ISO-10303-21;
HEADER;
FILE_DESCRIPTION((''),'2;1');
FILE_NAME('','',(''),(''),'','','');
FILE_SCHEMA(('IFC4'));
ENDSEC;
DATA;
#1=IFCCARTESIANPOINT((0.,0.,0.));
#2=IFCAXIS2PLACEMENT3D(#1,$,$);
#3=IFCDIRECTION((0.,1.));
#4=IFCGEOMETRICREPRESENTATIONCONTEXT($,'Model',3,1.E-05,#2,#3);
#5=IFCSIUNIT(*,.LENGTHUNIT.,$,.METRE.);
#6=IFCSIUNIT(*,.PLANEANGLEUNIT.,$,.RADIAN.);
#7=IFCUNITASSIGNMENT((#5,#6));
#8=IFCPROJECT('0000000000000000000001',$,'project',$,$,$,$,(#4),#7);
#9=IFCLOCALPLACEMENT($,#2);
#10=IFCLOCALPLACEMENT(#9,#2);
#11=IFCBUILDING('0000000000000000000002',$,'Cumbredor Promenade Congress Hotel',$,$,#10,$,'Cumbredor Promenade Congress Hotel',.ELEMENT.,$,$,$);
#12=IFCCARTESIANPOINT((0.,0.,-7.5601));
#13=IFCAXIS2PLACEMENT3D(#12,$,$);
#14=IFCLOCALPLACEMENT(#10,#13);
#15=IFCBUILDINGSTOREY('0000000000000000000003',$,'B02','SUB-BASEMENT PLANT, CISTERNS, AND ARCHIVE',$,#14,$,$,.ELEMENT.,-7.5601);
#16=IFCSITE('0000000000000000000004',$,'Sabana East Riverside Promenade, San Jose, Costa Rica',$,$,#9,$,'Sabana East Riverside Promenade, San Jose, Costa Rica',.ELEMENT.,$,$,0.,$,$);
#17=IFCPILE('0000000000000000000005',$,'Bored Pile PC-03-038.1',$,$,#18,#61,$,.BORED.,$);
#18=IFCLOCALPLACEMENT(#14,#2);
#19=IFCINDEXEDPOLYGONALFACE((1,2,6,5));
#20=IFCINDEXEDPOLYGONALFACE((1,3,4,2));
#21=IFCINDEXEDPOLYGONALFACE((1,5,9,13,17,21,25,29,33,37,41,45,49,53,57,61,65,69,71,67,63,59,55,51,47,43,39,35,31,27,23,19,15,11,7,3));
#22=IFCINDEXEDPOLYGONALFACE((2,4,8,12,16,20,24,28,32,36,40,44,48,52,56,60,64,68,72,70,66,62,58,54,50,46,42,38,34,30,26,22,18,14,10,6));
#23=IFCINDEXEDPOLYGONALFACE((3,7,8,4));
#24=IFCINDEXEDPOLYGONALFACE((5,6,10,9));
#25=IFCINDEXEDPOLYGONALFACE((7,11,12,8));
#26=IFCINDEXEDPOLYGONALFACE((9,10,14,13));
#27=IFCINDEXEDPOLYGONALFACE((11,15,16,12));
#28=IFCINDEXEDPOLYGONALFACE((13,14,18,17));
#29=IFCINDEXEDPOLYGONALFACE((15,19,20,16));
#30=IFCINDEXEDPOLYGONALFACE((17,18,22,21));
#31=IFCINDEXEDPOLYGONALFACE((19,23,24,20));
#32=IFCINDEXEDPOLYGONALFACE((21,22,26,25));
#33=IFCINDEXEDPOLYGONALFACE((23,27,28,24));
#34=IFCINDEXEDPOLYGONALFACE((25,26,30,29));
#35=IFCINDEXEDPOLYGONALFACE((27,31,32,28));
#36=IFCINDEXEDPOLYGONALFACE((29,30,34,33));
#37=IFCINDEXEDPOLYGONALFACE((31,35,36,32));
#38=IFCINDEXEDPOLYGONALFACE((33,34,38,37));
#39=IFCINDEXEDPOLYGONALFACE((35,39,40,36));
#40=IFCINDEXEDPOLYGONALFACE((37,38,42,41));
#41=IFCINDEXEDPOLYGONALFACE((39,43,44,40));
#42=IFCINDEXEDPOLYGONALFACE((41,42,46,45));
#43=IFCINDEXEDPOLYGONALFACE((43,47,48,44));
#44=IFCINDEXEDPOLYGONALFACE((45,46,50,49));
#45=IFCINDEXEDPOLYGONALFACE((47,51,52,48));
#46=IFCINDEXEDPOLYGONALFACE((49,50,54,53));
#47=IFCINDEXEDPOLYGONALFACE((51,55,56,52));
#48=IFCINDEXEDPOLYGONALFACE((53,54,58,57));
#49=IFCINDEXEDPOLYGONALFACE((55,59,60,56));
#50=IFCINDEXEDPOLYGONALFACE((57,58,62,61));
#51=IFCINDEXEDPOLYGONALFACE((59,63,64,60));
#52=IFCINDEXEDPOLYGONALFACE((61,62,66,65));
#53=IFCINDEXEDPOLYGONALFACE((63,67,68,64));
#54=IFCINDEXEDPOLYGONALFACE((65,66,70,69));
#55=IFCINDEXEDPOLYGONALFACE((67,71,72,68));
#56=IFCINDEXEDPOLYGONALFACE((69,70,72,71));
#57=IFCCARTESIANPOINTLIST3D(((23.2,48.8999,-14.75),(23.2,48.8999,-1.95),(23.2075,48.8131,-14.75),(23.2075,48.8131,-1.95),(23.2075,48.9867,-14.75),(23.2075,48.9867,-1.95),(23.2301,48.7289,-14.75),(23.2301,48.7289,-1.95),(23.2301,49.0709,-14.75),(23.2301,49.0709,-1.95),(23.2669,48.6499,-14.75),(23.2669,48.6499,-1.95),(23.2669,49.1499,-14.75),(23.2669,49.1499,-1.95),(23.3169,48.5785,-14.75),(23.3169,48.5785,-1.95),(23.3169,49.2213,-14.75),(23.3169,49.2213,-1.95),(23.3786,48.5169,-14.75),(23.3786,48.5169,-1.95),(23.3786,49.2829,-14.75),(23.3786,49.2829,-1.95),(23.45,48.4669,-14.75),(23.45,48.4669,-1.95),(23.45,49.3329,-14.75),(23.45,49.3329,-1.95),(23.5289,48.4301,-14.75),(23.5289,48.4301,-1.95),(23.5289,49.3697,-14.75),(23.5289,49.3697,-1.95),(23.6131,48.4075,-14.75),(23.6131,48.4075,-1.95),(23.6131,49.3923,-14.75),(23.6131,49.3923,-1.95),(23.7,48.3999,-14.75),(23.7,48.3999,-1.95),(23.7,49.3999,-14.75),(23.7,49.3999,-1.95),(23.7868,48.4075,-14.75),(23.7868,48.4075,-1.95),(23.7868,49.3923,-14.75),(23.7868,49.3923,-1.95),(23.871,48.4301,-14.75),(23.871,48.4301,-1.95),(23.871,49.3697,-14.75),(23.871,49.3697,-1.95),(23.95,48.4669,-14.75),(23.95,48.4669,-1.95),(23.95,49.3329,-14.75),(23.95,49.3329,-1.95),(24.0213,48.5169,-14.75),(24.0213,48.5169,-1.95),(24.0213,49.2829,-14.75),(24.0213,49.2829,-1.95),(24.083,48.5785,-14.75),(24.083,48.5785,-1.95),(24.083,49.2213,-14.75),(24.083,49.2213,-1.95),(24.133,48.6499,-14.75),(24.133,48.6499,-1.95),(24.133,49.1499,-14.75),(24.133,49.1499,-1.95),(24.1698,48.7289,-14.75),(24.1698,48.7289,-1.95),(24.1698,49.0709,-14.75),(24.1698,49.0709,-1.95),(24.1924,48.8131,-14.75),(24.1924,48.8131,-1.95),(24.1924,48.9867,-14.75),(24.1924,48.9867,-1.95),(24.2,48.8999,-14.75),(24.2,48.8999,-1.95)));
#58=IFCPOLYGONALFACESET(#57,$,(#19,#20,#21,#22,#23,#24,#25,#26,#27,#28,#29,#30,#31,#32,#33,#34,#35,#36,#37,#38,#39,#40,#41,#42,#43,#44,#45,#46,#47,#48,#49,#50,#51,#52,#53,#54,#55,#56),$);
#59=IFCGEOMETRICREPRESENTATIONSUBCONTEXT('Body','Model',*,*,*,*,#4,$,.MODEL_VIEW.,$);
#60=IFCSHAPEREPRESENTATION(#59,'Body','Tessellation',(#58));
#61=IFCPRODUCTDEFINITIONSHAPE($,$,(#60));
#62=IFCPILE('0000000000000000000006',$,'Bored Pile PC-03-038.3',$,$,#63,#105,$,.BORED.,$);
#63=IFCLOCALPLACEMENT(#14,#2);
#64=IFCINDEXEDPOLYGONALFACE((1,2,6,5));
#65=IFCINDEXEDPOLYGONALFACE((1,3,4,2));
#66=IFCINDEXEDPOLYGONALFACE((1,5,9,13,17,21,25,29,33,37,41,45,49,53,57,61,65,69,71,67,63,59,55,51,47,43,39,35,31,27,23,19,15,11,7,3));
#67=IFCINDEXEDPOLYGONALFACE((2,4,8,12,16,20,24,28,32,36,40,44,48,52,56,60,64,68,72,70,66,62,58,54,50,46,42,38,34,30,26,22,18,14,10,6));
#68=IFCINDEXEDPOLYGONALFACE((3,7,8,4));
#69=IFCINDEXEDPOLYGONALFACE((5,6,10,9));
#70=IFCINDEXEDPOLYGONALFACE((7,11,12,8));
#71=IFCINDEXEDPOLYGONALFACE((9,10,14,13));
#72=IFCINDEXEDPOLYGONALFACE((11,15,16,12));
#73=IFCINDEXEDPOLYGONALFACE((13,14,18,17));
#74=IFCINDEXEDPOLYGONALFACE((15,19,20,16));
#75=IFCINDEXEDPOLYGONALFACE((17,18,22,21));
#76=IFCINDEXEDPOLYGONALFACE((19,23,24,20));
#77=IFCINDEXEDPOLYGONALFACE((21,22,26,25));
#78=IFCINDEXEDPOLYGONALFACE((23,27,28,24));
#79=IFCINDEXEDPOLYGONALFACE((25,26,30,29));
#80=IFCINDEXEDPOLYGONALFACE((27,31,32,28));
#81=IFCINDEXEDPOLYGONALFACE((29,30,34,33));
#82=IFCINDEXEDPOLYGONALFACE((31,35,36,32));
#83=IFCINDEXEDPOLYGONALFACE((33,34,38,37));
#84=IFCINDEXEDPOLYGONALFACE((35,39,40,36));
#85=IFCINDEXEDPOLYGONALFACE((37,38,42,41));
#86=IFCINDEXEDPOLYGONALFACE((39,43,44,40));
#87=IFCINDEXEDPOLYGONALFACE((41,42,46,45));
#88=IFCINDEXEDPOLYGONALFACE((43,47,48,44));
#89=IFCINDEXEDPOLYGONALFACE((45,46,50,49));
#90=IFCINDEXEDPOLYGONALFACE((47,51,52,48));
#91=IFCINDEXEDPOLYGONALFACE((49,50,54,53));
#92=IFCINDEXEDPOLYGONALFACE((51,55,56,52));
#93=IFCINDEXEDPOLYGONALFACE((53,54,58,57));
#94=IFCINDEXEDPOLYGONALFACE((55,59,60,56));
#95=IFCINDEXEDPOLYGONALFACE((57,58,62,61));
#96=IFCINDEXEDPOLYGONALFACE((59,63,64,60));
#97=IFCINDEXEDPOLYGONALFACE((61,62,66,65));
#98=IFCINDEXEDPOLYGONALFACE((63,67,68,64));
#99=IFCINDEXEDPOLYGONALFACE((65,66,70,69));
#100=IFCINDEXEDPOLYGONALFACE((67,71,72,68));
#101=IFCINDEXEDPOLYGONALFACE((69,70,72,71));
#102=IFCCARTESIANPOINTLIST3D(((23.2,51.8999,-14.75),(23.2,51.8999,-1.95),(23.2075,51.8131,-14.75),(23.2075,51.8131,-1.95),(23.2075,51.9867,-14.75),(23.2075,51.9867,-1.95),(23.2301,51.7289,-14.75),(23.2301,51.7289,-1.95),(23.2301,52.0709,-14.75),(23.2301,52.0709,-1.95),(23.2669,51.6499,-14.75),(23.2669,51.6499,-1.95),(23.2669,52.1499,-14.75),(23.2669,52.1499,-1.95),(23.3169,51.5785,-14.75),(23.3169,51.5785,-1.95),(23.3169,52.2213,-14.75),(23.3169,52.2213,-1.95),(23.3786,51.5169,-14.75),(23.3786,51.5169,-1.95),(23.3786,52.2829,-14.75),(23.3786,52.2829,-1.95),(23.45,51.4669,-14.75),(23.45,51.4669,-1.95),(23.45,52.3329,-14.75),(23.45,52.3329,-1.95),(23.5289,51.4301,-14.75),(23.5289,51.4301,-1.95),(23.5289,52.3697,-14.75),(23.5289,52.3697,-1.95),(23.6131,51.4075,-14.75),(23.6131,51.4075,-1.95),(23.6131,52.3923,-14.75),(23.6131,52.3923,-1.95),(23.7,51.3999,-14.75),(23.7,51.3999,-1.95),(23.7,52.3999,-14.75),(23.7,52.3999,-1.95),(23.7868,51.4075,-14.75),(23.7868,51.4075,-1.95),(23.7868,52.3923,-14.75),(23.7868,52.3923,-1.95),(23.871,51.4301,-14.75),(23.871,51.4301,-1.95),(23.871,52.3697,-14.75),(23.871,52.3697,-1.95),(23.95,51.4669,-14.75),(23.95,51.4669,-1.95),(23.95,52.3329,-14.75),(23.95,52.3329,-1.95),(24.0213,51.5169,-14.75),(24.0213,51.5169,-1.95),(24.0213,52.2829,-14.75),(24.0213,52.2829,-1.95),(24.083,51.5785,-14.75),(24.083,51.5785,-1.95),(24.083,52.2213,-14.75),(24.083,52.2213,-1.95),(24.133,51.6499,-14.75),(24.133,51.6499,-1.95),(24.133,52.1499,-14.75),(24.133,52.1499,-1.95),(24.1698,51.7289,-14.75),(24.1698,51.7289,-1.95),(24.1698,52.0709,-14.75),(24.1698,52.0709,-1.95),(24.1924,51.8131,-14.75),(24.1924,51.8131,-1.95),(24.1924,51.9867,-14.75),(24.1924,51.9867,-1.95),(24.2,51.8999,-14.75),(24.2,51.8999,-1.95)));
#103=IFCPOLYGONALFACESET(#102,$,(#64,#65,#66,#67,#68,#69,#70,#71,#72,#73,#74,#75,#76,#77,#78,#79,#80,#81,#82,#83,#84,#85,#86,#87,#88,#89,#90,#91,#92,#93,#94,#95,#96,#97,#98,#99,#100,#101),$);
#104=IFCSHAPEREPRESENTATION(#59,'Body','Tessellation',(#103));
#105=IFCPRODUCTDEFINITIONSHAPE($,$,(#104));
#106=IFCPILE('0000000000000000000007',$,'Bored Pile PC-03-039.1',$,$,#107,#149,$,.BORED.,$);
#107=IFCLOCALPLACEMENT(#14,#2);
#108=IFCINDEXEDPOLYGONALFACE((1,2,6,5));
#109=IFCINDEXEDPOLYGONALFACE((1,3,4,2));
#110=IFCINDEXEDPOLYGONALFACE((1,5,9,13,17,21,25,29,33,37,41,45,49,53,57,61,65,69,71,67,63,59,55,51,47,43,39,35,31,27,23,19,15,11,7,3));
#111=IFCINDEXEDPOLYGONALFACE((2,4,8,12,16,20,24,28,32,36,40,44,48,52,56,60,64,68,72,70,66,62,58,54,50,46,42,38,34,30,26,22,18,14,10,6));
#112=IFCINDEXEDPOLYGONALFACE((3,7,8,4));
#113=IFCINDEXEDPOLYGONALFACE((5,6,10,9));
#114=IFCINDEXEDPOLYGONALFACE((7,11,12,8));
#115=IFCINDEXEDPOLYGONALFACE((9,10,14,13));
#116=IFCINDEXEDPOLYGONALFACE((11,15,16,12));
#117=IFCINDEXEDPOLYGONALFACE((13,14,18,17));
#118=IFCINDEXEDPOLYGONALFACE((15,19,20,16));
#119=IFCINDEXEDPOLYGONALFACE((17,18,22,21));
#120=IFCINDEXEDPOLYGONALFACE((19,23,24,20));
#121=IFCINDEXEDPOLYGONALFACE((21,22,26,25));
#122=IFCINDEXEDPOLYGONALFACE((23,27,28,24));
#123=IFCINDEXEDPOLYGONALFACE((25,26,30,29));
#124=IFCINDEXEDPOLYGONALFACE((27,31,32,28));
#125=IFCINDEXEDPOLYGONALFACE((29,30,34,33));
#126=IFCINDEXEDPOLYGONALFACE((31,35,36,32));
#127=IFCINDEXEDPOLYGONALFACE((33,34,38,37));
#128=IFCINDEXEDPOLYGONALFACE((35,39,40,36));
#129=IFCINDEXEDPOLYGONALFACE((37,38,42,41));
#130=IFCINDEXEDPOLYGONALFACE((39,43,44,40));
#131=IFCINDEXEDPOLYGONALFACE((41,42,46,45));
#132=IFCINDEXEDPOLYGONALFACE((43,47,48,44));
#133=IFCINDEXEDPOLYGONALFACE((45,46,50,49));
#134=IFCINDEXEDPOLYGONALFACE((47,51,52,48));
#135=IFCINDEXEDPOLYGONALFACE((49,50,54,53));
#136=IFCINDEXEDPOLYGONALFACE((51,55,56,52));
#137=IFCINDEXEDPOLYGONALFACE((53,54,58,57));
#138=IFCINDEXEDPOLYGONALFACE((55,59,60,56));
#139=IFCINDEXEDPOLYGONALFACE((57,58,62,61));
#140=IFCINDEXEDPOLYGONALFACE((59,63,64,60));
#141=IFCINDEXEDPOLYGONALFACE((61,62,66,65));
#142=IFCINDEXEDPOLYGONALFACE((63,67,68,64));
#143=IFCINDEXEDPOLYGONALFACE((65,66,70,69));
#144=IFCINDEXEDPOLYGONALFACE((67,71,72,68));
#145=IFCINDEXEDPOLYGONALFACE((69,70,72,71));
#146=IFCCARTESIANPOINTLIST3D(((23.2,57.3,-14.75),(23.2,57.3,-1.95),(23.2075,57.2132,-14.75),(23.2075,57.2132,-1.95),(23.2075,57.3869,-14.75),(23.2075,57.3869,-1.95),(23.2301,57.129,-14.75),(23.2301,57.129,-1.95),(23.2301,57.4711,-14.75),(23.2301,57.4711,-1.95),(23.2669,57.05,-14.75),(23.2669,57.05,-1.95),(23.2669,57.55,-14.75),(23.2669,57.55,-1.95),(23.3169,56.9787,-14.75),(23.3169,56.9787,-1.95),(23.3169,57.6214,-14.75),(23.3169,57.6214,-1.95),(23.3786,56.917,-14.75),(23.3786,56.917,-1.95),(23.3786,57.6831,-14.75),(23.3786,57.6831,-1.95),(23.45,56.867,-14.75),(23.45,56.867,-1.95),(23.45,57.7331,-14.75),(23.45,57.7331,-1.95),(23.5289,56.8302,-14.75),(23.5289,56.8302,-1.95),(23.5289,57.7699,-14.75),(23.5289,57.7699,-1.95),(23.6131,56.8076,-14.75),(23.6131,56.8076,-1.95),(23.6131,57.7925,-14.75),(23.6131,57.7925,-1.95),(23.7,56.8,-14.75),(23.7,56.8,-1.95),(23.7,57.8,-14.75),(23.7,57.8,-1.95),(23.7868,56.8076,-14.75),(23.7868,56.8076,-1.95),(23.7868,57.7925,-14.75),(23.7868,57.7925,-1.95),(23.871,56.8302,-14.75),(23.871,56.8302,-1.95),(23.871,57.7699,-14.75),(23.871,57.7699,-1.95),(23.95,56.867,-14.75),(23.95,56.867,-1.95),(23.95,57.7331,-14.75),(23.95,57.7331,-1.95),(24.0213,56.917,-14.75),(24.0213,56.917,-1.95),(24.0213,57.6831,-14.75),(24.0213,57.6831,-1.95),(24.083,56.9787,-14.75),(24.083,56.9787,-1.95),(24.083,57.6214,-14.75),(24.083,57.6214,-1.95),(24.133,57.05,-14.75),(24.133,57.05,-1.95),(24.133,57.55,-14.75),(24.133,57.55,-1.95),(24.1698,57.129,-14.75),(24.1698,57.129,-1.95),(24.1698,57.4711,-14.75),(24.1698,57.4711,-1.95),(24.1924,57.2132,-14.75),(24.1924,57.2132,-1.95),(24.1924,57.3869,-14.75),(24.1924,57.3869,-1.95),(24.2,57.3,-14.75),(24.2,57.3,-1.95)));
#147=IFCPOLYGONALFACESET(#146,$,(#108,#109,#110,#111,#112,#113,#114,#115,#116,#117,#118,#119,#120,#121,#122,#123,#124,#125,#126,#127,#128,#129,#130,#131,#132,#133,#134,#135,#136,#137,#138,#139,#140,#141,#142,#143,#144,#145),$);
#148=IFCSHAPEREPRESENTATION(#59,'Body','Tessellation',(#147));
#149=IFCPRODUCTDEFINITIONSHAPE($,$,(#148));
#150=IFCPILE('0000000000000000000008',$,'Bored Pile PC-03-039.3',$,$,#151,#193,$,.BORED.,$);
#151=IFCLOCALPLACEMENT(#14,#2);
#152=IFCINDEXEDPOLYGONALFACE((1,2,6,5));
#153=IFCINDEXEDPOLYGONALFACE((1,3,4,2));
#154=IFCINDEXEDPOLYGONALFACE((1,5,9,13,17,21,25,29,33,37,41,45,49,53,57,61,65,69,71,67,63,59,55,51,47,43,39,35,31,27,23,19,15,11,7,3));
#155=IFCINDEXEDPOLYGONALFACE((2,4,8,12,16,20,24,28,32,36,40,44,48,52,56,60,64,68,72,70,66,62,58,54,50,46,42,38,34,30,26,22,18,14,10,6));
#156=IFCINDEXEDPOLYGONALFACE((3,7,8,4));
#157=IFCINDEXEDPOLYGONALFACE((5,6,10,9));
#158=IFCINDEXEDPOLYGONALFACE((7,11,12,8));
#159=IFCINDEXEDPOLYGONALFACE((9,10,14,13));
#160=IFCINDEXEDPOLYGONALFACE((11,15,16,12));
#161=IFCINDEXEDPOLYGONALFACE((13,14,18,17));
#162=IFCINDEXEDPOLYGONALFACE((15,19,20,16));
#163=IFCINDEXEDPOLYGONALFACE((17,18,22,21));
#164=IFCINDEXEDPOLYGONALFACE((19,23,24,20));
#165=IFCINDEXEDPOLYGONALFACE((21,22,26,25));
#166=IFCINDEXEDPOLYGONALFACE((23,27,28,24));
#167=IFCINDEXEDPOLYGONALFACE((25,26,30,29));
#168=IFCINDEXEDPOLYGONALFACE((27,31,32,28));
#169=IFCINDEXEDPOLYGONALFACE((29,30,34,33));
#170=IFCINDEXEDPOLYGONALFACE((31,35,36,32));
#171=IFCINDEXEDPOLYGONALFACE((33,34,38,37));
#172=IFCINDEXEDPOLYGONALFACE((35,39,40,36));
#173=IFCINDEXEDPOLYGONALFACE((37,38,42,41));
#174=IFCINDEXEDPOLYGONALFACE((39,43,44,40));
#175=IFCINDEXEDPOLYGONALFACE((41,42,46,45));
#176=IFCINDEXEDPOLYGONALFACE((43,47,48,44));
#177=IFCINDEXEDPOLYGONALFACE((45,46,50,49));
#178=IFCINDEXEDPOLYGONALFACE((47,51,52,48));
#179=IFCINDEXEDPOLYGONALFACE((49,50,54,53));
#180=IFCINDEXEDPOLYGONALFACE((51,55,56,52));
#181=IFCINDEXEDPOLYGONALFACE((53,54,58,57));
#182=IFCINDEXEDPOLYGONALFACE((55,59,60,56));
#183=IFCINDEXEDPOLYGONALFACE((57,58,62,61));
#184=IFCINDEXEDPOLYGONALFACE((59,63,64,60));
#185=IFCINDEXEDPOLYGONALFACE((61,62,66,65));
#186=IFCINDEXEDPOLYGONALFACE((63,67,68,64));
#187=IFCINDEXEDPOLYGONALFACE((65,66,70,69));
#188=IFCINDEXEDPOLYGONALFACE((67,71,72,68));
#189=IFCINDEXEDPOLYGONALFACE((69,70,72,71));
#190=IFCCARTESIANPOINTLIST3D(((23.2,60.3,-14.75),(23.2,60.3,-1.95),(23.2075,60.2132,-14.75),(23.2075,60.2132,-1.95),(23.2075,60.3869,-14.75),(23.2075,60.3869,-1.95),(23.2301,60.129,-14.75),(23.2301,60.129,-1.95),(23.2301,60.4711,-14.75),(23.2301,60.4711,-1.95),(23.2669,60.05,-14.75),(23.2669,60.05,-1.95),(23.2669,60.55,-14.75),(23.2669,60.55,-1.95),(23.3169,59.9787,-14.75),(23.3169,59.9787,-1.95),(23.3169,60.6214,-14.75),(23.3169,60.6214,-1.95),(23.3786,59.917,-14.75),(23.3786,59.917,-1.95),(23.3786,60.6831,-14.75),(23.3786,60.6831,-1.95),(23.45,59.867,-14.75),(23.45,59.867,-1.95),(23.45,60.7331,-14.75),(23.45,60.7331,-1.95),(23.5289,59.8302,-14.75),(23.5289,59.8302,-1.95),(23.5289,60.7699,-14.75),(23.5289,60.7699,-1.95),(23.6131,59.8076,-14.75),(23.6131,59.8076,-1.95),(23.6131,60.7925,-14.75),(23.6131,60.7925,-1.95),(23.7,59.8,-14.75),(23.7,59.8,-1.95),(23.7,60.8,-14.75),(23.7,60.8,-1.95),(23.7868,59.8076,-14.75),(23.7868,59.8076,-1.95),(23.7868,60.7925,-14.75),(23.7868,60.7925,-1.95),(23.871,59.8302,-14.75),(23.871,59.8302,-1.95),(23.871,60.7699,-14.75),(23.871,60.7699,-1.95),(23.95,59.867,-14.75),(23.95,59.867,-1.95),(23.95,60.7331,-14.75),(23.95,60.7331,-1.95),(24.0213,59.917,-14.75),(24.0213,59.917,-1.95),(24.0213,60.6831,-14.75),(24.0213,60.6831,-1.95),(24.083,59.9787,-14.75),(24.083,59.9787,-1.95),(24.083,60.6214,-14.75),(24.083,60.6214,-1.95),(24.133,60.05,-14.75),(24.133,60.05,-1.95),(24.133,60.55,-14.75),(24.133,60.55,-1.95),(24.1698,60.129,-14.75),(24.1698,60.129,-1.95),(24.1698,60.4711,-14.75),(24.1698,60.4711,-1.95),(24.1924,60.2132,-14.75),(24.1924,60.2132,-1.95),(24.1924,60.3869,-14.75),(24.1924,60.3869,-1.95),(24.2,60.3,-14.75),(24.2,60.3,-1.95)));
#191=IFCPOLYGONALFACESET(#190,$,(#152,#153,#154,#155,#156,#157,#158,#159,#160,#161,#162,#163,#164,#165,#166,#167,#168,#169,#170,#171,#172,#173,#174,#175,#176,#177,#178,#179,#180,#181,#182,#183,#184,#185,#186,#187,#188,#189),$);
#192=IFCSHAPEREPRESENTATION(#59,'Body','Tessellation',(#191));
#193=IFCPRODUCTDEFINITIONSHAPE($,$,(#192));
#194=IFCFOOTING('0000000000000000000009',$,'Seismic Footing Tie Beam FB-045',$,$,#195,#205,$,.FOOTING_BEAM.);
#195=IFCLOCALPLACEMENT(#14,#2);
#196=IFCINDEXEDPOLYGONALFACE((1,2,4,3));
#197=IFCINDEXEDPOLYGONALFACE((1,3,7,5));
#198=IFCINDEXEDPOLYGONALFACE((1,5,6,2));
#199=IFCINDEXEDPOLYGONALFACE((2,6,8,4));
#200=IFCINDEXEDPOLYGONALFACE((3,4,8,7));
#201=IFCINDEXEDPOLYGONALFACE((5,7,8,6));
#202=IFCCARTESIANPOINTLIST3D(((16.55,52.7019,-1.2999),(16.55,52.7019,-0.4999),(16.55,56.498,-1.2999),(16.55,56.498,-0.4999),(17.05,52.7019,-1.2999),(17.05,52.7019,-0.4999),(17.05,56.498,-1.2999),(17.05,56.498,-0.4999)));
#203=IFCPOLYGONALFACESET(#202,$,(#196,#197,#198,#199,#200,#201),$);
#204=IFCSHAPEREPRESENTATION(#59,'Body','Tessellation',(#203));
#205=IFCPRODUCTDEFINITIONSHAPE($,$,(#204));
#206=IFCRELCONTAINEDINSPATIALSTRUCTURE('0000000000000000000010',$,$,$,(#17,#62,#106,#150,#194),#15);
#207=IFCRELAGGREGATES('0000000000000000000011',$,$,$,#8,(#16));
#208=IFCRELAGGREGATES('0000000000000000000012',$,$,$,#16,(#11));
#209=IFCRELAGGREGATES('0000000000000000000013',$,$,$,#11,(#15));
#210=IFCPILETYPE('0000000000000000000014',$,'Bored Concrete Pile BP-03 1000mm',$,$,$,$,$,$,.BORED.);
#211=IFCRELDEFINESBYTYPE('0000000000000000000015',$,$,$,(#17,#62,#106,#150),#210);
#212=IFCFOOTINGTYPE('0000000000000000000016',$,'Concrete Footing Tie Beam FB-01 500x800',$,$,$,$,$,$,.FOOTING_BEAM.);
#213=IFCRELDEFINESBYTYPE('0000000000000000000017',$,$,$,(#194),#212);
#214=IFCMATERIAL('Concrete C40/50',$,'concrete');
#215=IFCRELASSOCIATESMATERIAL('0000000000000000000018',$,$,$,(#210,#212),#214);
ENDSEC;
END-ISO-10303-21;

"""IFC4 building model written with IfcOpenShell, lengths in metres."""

from ifc_helpers import new_model, si_unit, direction, frame, origin, origin_2d, place, context, subcontext, project, spatial, rectangle, circle, extrude, material, material_profile, profile_set, type_object, element, save


model = new_model("IFC4")

# Units and contexts
model_context = context("Model", 3, precision=1e-05, world=origin(), true_north=direction((0.0, 1.0)))
body_context = subcontext(model_context, "Body", "Model", "MODEL_VIEW")
ifc_project = project(units=[si_unit("LENGTHUNIT", "METRE"), si_unit("PLANEANGLEUNIT", "RADIAN")], contexts=[model_context])

# Site, building, storey
site_placement = place(None, origin())
site = spatial("IfcSite", under=ifc_project, at=site_placement, Name="Sabana East Riverside Promenade, San Jose, Costa Rica", LongName="Sabana East Riverside Promenade, San Jose, Costa Rica", CompositionType="ELEMENT", RefElevation=0.0)
building_placement = place(site_placement, origin())
building = spatial("IfcBuilding", under=site, at=building_placement, Name="Cumbredor Promenade Congress Hotel", LongName="Cumbredor Promenade Congress Hotel", CompositionType="ELEMENT")
storey_placement = place(building_placement, frame((0.0, 0.0, -7.5601)))
storey = spatial("IfcBuildingStorey", under=building, at=storey_placement, Name="B02", Description="SUB-BASEMENT PLANT, CISTERNS, AND ARCHIVE", CompositionType="ELEMENT", Elevation=-7.5601)

# Piles
ifc_material_1 = material(Name="Concrete C40/50", Category="concrete")
ifc_material_profile_1 = material_profile(ifc_material_1, circle(Radius=0.5, at=origin_2d()), Name="PILE D1000")
ifc_profile_set_1 = profile_set([ifc_material_profile_1], Name="Concrete C40/50")
pile_type = type_object("IfcPileType", Name="Bored Concrete Pile BP-03 1000mm", PredefinedType="BORED", material=ifc_profile_set_1)
for number, where, z_axis, x_axis, name in (
    (1, (23.7, 48.8999, -1.95), (0.0, 0.0, -1.0), (1.0, 0.0, 0.0), "Bored Pile PC-03-038.1"),
    (2, (23.7, 51.8999, -1.95), (0.0, 0.0, -1.0), (1.0, 0.0, 0.0), "Bored Pile PC-03-038.3"),
    (3, (23.7, 57.3, -1.95), (0.0, 0.0, -1.0), (1.0, 0.0, 0.0), "Bored Pile PC-03-039.1"),
    (4, (23.7, 60.3, -1.95), (0.0, 0.0, -1.0), (1.0, 0.0, 0.0), "Bored Pile PC-03-039.3"),
):
    element("IfcPile", number, at=place(storey_placement, frame(where, z_axis=z_axis, x_axis=x_axis)), inside=storey, type_object=pile_type, Name=name, PredefinedType="BORED", context=body_context, shape_type="SweptSolid", body=[
        extrude(circle(Radius=0.5, at=origin_2d()), origin(), (0.0, 0.0, 1.0), 12.8),
    ])

# Footing
ifc_material_profile_2 = material_profile(ifc_material_1, rectangle(XDim=0.5, YDim=0.8, at=origin_2d()), Name="FB 500x800")
ifc_profile_set_2 = profile_set([ifc_material_profile_2], Name="Concrete C40/50")
footing_type_1 = type_object("IfcFootingType", Name="Concrete Footing Tie Beam FB-01 500x800", PredefinedType="FOOTING_BEAM", material=ifc_profile_set_2)
footing_1_placement = place(storey_placement, frame((16.8, 52.7019, -0.8999), z_axis=(0.0, 1.0, 0.0), x_axis=(-1.0, 0.0, 0.0)))
element("IfcFooting", 5, at=footing_1_placement, inside=storey, type_object=footing_type_1, Name="Seismic Footing Tie Beam FB-045", PredefinedType="FOOTING_BEAM", context=body_context, shape_type="SweptSolid", body=[
    extrude(rectangle(XDim=0.5, YDim=0.8, at=origin_2d()), origin(), (0.0, 0.0, 1.0), 3.7961),
])

save(model, "model.ifc")
